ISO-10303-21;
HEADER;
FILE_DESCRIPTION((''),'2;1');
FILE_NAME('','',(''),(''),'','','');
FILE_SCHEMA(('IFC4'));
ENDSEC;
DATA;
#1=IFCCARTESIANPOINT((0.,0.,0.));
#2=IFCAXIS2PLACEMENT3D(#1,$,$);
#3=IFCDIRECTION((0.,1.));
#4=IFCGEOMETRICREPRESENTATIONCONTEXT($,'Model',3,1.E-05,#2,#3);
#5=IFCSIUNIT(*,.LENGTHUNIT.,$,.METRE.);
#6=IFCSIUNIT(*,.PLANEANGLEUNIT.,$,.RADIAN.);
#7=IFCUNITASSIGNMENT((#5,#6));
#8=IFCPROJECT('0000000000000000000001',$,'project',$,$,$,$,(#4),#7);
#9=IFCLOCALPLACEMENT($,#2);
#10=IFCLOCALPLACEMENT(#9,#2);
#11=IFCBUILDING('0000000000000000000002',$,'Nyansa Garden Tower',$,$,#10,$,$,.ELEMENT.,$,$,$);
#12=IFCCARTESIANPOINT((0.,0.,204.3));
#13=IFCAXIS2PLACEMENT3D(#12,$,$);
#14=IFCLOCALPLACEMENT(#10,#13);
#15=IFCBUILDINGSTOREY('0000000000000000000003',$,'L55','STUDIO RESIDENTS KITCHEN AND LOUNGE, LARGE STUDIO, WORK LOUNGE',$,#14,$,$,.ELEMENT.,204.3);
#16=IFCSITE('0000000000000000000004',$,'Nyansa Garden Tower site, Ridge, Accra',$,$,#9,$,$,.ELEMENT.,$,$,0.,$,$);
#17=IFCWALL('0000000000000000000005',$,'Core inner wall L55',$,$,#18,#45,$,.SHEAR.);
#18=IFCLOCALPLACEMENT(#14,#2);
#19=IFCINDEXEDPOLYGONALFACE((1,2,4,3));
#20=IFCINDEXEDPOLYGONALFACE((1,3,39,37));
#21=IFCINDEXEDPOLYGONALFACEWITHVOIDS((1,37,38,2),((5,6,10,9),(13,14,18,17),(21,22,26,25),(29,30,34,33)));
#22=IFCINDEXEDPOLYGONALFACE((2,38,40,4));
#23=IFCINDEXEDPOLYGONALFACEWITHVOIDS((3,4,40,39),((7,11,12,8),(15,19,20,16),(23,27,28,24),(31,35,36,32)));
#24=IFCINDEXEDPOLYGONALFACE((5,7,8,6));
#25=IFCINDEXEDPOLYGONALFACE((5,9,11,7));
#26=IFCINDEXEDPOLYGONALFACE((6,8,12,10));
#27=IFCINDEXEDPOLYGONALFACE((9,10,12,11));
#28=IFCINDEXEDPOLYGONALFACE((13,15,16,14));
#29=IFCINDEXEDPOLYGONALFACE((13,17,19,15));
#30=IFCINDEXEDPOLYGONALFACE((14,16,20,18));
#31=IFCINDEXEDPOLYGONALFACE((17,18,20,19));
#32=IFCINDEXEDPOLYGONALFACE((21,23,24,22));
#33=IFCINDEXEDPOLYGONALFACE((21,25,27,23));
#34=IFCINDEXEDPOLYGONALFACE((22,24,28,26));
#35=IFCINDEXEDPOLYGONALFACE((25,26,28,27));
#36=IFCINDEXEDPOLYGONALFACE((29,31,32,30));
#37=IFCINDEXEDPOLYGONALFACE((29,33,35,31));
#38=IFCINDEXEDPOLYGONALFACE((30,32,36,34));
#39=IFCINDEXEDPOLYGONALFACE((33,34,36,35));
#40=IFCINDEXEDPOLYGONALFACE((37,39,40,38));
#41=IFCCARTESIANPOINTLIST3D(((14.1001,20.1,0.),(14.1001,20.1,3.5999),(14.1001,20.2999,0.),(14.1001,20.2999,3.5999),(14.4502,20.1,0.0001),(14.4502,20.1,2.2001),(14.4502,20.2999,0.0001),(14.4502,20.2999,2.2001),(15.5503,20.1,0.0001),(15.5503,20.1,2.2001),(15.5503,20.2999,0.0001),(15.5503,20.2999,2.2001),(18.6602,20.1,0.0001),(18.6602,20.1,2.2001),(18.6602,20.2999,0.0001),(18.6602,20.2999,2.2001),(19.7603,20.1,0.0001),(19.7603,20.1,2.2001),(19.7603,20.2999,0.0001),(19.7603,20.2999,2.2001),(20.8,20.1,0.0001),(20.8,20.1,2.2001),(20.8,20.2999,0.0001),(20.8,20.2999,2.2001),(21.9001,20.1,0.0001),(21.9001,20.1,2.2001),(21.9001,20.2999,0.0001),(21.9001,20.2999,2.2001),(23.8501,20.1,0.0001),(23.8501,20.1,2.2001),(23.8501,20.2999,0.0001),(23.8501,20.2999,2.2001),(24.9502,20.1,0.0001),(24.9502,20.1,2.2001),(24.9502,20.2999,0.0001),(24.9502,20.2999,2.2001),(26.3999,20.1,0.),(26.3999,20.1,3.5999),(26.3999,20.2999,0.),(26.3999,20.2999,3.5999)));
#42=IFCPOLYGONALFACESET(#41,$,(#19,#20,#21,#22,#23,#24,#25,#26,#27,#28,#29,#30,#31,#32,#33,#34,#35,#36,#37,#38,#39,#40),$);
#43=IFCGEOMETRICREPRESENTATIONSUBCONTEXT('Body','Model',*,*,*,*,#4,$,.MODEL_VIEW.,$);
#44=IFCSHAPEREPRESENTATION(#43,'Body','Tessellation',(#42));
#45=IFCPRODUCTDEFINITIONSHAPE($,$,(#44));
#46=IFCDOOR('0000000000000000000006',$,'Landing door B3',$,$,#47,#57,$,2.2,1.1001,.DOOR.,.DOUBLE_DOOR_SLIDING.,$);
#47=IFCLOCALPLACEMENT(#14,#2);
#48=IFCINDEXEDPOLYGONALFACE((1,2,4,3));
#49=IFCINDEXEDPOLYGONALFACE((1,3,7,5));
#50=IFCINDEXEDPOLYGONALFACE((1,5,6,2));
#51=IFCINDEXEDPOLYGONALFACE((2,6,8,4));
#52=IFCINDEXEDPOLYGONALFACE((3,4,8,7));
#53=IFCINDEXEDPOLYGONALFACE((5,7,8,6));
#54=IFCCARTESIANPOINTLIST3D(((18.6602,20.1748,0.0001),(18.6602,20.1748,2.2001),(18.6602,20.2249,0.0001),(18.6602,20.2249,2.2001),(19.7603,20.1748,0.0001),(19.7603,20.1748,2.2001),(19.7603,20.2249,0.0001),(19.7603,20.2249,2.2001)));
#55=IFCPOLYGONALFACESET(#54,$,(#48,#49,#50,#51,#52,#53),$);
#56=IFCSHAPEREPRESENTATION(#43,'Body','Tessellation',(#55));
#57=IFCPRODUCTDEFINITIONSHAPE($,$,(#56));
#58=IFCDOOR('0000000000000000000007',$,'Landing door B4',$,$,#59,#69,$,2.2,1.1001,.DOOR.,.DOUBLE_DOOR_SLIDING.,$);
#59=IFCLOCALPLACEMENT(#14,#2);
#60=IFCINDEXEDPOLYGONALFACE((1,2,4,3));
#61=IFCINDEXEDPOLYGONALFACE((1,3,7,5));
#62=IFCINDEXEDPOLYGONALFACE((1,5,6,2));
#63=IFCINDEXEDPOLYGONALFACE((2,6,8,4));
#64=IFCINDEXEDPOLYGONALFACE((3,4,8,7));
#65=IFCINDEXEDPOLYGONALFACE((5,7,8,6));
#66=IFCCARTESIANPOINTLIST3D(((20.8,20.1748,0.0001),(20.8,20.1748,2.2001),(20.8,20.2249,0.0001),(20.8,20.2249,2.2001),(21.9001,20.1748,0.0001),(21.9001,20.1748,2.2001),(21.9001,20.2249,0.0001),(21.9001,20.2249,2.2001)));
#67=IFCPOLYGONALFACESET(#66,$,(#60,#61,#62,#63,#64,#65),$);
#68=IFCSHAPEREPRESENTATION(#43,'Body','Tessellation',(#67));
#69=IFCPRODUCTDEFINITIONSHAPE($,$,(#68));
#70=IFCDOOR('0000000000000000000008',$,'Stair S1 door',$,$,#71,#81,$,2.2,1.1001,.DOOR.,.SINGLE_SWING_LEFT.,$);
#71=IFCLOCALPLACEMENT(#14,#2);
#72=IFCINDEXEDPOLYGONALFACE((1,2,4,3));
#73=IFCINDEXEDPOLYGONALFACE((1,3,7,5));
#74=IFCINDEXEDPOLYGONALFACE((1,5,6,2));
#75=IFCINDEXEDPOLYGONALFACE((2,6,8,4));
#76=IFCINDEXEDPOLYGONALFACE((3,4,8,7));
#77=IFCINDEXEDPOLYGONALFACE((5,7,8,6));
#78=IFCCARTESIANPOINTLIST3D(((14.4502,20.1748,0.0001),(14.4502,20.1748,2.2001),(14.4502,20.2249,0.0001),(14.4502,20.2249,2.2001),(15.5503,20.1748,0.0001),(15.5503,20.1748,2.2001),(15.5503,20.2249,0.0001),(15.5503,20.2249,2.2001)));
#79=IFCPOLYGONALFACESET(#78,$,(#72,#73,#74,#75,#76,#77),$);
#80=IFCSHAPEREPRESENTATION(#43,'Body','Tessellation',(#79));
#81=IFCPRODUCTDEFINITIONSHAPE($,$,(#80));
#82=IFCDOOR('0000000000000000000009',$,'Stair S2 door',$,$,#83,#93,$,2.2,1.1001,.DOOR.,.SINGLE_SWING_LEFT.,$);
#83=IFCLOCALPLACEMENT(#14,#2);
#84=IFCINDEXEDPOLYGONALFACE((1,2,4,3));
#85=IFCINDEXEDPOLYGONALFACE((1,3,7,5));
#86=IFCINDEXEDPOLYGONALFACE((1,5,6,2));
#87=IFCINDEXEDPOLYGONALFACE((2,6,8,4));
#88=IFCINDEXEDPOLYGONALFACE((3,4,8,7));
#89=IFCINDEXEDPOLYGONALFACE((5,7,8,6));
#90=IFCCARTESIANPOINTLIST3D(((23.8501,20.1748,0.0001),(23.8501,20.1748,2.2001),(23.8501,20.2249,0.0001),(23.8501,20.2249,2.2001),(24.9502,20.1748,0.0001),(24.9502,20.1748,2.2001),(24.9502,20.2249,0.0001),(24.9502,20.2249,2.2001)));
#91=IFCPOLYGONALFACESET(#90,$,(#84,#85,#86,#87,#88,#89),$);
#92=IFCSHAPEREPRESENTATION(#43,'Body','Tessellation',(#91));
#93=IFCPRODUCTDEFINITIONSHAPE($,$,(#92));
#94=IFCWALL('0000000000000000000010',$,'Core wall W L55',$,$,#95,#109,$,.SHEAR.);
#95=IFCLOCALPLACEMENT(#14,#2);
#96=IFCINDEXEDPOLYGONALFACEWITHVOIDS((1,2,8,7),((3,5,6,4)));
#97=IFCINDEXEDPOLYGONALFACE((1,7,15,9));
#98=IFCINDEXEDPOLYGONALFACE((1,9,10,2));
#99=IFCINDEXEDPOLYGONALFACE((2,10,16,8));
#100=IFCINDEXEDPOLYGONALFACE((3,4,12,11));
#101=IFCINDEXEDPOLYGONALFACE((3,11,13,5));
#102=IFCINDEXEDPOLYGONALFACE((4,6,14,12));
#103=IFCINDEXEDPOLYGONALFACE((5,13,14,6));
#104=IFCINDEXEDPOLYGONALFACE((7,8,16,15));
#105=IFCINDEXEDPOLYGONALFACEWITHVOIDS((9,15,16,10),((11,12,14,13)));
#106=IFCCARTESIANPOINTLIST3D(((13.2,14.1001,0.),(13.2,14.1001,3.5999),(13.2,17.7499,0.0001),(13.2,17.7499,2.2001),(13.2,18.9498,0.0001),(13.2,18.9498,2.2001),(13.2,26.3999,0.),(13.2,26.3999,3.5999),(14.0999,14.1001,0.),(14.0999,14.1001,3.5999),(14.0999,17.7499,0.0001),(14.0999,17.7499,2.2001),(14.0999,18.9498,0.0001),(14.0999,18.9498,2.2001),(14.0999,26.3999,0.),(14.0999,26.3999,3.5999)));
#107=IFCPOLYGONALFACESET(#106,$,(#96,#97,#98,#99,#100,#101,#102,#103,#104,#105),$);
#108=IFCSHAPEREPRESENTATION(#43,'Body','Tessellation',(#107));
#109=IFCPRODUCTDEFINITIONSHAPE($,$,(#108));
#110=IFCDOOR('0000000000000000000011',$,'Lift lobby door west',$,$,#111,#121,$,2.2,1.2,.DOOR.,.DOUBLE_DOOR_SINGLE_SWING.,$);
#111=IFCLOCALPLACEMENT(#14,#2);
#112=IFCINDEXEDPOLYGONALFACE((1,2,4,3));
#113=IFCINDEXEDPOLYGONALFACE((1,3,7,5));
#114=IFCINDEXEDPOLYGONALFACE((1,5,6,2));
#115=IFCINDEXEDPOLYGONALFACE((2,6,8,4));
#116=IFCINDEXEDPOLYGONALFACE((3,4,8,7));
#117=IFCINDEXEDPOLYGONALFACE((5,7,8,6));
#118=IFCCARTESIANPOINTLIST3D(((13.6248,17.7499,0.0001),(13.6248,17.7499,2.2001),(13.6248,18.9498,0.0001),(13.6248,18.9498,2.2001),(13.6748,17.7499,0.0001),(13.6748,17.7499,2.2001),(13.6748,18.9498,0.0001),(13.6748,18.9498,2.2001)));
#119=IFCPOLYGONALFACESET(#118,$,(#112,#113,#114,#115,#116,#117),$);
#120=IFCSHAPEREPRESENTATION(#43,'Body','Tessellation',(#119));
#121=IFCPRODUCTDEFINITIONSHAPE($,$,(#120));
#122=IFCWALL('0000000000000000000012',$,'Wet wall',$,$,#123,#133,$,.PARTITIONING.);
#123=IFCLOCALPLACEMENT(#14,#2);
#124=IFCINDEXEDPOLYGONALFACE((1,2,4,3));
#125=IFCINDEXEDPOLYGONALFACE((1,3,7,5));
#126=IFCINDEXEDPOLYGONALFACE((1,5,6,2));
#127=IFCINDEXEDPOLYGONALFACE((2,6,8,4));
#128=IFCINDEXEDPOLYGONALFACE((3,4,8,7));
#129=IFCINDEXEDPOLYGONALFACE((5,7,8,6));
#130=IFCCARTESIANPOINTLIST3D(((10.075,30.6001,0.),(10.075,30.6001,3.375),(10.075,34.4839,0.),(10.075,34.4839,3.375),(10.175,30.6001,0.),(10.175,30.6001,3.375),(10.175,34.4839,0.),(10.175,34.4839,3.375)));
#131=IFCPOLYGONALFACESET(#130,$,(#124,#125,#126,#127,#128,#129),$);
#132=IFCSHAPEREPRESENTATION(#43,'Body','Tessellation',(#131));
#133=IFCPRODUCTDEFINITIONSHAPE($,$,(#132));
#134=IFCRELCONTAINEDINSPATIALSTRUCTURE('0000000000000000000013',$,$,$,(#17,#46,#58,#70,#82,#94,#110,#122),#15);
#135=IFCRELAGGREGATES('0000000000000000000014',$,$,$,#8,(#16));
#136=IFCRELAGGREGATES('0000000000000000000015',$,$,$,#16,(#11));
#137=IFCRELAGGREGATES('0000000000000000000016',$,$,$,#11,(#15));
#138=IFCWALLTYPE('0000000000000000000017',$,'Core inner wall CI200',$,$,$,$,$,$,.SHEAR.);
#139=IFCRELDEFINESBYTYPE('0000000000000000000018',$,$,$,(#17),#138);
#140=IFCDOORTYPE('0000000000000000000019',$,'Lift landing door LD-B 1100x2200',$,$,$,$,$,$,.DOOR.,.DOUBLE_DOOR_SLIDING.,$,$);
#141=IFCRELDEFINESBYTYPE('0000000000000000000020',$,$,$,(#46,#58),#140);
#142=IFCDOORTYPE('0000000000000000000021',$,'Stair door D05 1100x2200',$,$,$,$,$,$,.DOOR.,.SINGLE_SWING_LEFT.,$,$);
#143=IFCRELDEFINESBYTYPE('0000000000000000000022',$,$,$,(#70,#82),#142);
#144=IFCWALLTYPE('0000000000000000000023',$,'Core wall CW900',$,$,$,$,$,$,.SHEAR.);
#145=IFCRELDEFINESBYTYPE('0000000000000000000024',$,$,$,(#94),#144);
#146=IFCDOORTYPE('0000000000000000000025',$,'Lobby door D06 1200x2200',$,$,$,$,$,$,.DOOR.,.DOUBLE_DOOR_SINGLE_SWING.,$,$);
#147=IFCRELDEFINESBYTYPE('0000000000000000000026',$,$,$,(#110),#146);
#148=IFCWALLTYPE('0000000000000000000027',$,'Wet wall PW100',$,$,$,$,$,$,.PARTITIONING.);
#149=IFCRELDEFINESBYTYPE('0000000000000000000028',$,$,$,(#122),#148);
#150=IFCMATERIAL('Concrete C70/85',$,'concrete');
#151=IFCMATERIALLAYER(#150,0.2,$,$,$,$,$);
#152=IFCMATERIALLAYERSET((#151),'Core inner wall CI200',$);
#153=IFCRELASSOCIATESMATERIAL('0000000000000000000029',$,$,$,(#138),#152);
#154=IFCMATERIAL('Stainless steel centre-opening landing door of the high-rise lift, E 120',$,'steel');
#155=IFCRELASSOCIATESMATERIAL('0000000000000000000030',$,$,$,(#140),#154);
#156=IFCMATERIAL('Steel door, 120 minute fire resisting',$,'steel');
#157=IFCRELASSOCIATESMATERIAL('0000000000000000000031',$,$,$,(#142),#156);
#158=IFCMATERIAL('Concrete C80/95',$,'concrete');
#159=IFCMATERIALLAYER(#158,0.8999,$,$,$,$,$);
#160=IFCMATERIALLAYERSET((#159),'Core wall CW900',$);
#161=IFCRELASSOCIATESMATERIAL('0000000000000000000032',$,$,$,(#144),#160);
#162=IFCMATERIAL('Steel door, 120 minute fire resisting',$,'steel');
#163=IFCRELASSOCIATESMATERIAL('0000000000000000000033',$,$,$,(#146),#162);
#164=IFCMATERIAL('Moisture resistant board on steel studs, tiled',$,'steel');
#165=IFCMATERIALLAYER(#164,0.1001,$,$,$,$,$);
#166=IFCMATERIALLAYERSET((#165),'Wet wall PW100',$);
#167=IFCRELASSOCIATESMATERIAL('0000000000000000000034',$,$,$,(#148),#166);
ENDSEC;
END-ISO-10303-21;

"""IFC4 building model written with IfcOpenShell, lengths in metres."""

from ifc_helpers import new_model, si_unit, direction, frame, frame_2d, origin, place, context, subcontext, project, spatial, rectangle, extrude, material, layer, layer_set, type_object, element, fill, save


model = new_model("IFC4")

# Units and contexts
model_context = context("Model", 3, precision=1e-05, world=origin(), true_north=direction((0.0, 1.0)))
body_context = subcontext(model_context, "Body", "Model", "MODEL_VIEW")
ifc_project = project(units=[si_unit("LENGTHUNIT", "METRE"), si_unit("PLANEANGLEUNIT", "RADIAN")], contexts=[model_context])

# Site, building, storey
site_placement = place(None, origin())
site = spatial("IfcSite", under=ifc_project, at=site_placement, Name="Nyansa Garden Tower site, Ridge, Accra", CompositionType="ELEMENT", RefElevation=0.0)
building_placement = place(site_placement, origin())
building = spatial("IfcBuilding", under=site, at=building_placement, Name="Nyansa Garden Tower", CompositionType="ELEMENT")
storey_placement = place(building_placement, frame((0.0, 0.0, 204.3)))
storey = spatial("IfcBuildingStorey", under=building, at=storey_placement, Name="L55", Description="STUDIO RESIDENTS KITCHEN AND LOUNGE, LARGE STUDIO, WORK LOUNGE", CompositionType="ELEMENT", Elevation=204.3)

# Wall, openings, doors
ifc_material_1 = material(Name="Concrete C70/85", Category="concrete")
ifc_layer_1 = layer(ifc_material_1, 0.2)
ifc_layer_set_1 = layer_set([ifc_layer_1], Name="Core inner wall CI200")
wall_type_1 = type_object("IfcWallType", Name="Core inner wall CI200", PredefinedType="SHEAR", material=ifc_layer_set_1)
wall_1_placement = place(storey_placement, frame((14.1001, 20.2, 0.0), z_axis=(0.0, 0.0, 1.0), x_axis=(1.0, 0.0, 0.0)))
wall_1 = element("IfcWall", 1, at=wall_1_placement, inside=storey, type_object=wall_type_1, Name="Core inner wall L55", PredefinedType="SHEAR", context=body_context, shape_type="SweptSolid", body=[
    extrude(rectangle(XDim=12.2998, YDim=0.2, at=frame_2d((6.1499, 0.0))), origin(), (0.0, 0.0, 1.0), 3.5999),
])
opening_1_placement = place(wall_1_placement, frame((4.5601, 0.0, 0.0)))
opening_1 = element("IfcOpeningElement", 2, at=opening_1_placement, cuts=wall_1, PredefinedType="OPENING", context=body_context, shape_type="SweptSolid", body=[
    extrude(rectangle(XDim=1.1001, YDim=2.2, at=frame_2d((0.55, 1.1001))), frame((0.0, 0.1099, 0.0), z_axis=(0.0, -1.0, 0.0), x_axis=(1.0, 0.0, 0.0)), (0.0, 0.0, 1.0), 0.22),
])
opening_2_placement = place(wall_1_placement, frame((6.7, 0.0, 0.0)))
opening_2 = element("IfcOpeningElement", 3, at=opening_2_placement, cuts=wall_1, PredefinedType="OPENING", context=body_context, shape_type="SweptSolid", body=[
    extrude(rectangle(XDim=1.1001, YDim=2.2, at=frame_2d((0.55, 1.1001))), frame((0.0, 0.1099, 0.0), z_axis=(0.0, -1.0, 0.0), x_axis=(1.0, 0.0, 0.0)), (0.0, 0.0, 1.0), 0.22),
])
opening_3_placement = place(wall_1_placement, frame((0.3501, 0.0, 0.0)))
opening_3 = element("IfcOpeningElement", 4, at=opening_3_placement, cuts=wall_1, PredefinedType="OPENING", context=body_context, shape_type="SweptSolid", body=[
    extrude(rectangle(XDim=1.1001, YDim=2.2, at=frame_2d((0.55, 1.1001))), frame((0.0, 0.1099, 0.0), z_axis=(0.0, -1.0, 0.0), x_axis=(1.0, 0.0, 0.0)), (0.0, 0.0, 1.0), 0.22),
])
opening_4_placement = place(wall_1_placement, frame((9.75, 0.0, 0.0)))
opening_4 = element("IfcOpeningElement", 5, at=opening_4_placement, cuts=wall_1, PredefinedType="OPENING", context=body_context, shape_type="SweptSolid", body=[
    extrude(rectangle(XDim=1.1001, YDim=2.2, at=frame_2d((0.55, 1.1001))), frame((0.0, 0.1099, 0.0), z_axis=(0.0, -1.0, 0.0), x_axis=(1.0, 0.0, 0.0)), (0.0, 0.0, 1.0), 0.22),
])
ifc_material_2 = material(Name="Stainless steel centre-opening landing door of the high-rise lift, E 120", Category="steel")
door_type_1 = type_object("IfcDoorType", Name="Lift landing door LD-B 1100x2200", OperationType="DOUBLE_DOOR_SLIDING", PredefinedType="DOOR", material=ifc_material_2)
door_1_placement = place(opening_1_placement, origin())
door_1 = element("IfcDoor", 6, at=door_1_placement, inside=storey, type_object=door_type_1, Name="Landing door B3", OperationType="DOUBLE_DOOR_SLIDING", OverallHeight=2.2, OverallWidth=1.1001, PredefinedType="DOOR", context=body_context, shape_type="SweptSolid", body=[
    extrude(rectangle(XDim=1.1001, YDim=2.2, at=frame_2d((0.55, 1.1001))), frame((0.0, 0.0249, 0.0), z_axis=(0.0, -1.0, 0.0), x_axis=(1.0, 0.0, 0.0)), (0.0, 0.0, 1.0), 0.05),
])
fill(opening_1, door_1)
door_2_placement = place(opening_2_placement, origin())
door_2 = element("IfcDoor", 7, at=door_2_placement, inside=storey, type_object=door_type_1, Name="Landing door B4", OperationType="DOUBLE_DOOR_SLIDING", OverallHeight=2.2, OverallWidth=1.1001, PredefinedType="DOOR", context=body_context, shape_type="SweptSolid", body=[
    extrude(rectangle(XDim=1.1001, YDim=2.2, at=frame_2d((0.55, 1.1001))), frame((0.0, 0.0249, 0.0), z_axis=(0.0, -1.0, 0.0), x_axis=(1.0, 0.0, 0.0)), (0.0, 0.0, 1.0), 0.05),
])
fill(opening_2, door_2)
ifc_material_3 = material(Name="Steel door, 120 minute fire resisting", Category="steel")
door_type_2 = type_object("IfcDoorType", Name="Stair door D05 1100x2200", OperationType="SINGLE_SWING_LEFT", PredefinedType="DOOR", material=ifc_material_3)
door_3_placement = place(opening_3_placement, origin())
door_3 = element("IfcDoor", 8, at=door_3_placement, inside=storey, type_object=door_type_2, Name="Stair S1 door", OperationType="SINGLE_SWING_LEFT", OverallHeight=2.2, OverallWidth=1.1001, PredefinedType="DOOR", context=body_context, shape_type="SweptSolid", body=[
    extrude(rectangle(XDim=1.1001, YDim=2.2, at=frame_2d((0.55, 1.1001))), frame((0.0, 0.0249, 0.0), z_axis=(0.0, -1.0, 0.0), x_axis=(1.0, 0.0, 0.0)), (0.0, 0.0, 1.0), 0.05),
])
fill(opening_3, door_3)
door_4_placement = place(opening_4_placement, origin())
door_4 = element("IfcDoor", 9, at=door_4_placement, inside=storey, type_object=door_type_2, Name="Stair S2 door", OperationType="SINGLE_SWING_LEFT", OverallHeight=2.2, OverallWidth=1.1001, PredefinedType="DOOR", context=body_context, shape_type="SweptSolid", body=[
    extrude(rectangle(XDim=1.1001, YDim=2.2, at=frame_2d((0.55, 1.1001))), frame((0.0, 0.0249, 0.0), z_axis=(0.0, -1.0, 0.0), x_axis=(1.0, 0.0, 0.0)), (0.0, 0.0, 1.0), 0.05),
])
fill(opening_4, door_4)

# Wall, opening, door
ifc_material_4 = material(Name="Concrete C80/95", Category="concrete")
ifc_layer_2 = layer(ifc_material_4, 0.8999)
ifc_layer_set_2 = layer_set([ifc_layer_2], Name="Core wall CW900")
wall_type_2 = type_object("IfcWallType", Name="Core wall CW900", PredefinedType="SHEAR", material=ifc_layer_set_2)
wall_2_placement = place(storey_placement, frame((13.6499, 26.3999, 0.0), z_axis=(0.0, 0.0, 1.0), x_axis=(0.0, -1.0, 0.0)))
wall_2 = element("IfcWall", 10, at=wall_2_placement, inside=storey, type_object=wall_type_2, Name="Core wall W L55", PredefinedType="SHEAR", context=body_context, shape_type="SweptSolid", body=[
    extrude(rectangle(XDim=12.2998, YDim=0.8999, at=frame_2d((6.1499, 0.0))), origin(), (0.0, 0.0, 1.0), 3.5999),
])
opening_5_placement = place(wall_2_placement, frame((7.45, 0.0, 0.0)))
opening_5 = element("IfcOpeningElement", 11, at=opening_5_placement, cuts=wall_2, PredefinedType="OPENING", context=body_context, shape_type="SweptSolid", body=[
    extrude(rectangle(XDim=1.2, YDim=2.2, at=frame_2d((0.6001, 1.1001))), frame((0.0, 0.46, 0.0), z_axis=(0.0, -1.0, 0.0), x_axis=(1.0, 0.0, 0.0)), (0.0, 0.0, 1.0), 0.9199),
])
ifc_material_5 = material(Name="Steel door, 120 minute fire resisting", Category="steel")
door_type_3 = type_object("IfcDoorType", Name="Lobby door D06 1200x2200", OperationType="DOUBLE_DOOR_SINGLE_SWING", PredefinedType="DOOR", material=ifc_material_5)
door_5_placement = place(opening_5_placement, origin())
door_5 = element("IfcDoor", 12, at=door_5_placement, inside=storey, type_object=door_type_3, Name="Lift lobby door west", OperationType="DOUBLE_DOOR_SINGLE_SWING", OverallHeight=2.2, OverallWidth=1.2, PredefinedType="DOOR", context=body_context, shape_type="SweptSolid", body=[
    extrude(rectangle(XDim=1.2, YDim=2.2, at=frame_2d((0.6001, 1.1001))), frame((0.0, 0.0249, 0.0), z_axis=(0.0, -1.0, 0.0), x_axis=(1.0, 0.0, 0.0)), (0.0, 0.0, 1.0), 0.05),
])
fill(opening_5, door_5)

# Wall
ifc_material_6 = material(Name="Moisture resistant board on steel studs, tiled", Category="steel")
ifc_layer_3 = layer(ifc_material_6, 0.1001)
ifc_layer_set_3 = layer_set([ifc_layer_3], Name="Wet wall PW100")
wall_type_3 = type_object("IfcWallType", Name="Wet wall PW100", PredefinedType="PARTITIONING", material=ifc_layer_set_3)
wall_3_placement = place(storey_placement, frame((10.125, 30.6001, 0.0), z_axis=(0.0, 0.0, 1.0), x_axis=(0.0, 1.0, 0.0)))
element("IfcWall", 13, at=wall_3_placement, inside=storey, type_object=wall_type_3, Name="Wet wall", PredefinedType="PARTITIONING", context=body_context, shape_type="SweptSolid", body=[
    extrude(rectangle(XDim=3.8838, YDim=0.1001, at=frame_2d((1.9419, 0.0))), origin(), (0.0, 0.0, 1.0), 3.375),
])

save(model, "model.ifc")
